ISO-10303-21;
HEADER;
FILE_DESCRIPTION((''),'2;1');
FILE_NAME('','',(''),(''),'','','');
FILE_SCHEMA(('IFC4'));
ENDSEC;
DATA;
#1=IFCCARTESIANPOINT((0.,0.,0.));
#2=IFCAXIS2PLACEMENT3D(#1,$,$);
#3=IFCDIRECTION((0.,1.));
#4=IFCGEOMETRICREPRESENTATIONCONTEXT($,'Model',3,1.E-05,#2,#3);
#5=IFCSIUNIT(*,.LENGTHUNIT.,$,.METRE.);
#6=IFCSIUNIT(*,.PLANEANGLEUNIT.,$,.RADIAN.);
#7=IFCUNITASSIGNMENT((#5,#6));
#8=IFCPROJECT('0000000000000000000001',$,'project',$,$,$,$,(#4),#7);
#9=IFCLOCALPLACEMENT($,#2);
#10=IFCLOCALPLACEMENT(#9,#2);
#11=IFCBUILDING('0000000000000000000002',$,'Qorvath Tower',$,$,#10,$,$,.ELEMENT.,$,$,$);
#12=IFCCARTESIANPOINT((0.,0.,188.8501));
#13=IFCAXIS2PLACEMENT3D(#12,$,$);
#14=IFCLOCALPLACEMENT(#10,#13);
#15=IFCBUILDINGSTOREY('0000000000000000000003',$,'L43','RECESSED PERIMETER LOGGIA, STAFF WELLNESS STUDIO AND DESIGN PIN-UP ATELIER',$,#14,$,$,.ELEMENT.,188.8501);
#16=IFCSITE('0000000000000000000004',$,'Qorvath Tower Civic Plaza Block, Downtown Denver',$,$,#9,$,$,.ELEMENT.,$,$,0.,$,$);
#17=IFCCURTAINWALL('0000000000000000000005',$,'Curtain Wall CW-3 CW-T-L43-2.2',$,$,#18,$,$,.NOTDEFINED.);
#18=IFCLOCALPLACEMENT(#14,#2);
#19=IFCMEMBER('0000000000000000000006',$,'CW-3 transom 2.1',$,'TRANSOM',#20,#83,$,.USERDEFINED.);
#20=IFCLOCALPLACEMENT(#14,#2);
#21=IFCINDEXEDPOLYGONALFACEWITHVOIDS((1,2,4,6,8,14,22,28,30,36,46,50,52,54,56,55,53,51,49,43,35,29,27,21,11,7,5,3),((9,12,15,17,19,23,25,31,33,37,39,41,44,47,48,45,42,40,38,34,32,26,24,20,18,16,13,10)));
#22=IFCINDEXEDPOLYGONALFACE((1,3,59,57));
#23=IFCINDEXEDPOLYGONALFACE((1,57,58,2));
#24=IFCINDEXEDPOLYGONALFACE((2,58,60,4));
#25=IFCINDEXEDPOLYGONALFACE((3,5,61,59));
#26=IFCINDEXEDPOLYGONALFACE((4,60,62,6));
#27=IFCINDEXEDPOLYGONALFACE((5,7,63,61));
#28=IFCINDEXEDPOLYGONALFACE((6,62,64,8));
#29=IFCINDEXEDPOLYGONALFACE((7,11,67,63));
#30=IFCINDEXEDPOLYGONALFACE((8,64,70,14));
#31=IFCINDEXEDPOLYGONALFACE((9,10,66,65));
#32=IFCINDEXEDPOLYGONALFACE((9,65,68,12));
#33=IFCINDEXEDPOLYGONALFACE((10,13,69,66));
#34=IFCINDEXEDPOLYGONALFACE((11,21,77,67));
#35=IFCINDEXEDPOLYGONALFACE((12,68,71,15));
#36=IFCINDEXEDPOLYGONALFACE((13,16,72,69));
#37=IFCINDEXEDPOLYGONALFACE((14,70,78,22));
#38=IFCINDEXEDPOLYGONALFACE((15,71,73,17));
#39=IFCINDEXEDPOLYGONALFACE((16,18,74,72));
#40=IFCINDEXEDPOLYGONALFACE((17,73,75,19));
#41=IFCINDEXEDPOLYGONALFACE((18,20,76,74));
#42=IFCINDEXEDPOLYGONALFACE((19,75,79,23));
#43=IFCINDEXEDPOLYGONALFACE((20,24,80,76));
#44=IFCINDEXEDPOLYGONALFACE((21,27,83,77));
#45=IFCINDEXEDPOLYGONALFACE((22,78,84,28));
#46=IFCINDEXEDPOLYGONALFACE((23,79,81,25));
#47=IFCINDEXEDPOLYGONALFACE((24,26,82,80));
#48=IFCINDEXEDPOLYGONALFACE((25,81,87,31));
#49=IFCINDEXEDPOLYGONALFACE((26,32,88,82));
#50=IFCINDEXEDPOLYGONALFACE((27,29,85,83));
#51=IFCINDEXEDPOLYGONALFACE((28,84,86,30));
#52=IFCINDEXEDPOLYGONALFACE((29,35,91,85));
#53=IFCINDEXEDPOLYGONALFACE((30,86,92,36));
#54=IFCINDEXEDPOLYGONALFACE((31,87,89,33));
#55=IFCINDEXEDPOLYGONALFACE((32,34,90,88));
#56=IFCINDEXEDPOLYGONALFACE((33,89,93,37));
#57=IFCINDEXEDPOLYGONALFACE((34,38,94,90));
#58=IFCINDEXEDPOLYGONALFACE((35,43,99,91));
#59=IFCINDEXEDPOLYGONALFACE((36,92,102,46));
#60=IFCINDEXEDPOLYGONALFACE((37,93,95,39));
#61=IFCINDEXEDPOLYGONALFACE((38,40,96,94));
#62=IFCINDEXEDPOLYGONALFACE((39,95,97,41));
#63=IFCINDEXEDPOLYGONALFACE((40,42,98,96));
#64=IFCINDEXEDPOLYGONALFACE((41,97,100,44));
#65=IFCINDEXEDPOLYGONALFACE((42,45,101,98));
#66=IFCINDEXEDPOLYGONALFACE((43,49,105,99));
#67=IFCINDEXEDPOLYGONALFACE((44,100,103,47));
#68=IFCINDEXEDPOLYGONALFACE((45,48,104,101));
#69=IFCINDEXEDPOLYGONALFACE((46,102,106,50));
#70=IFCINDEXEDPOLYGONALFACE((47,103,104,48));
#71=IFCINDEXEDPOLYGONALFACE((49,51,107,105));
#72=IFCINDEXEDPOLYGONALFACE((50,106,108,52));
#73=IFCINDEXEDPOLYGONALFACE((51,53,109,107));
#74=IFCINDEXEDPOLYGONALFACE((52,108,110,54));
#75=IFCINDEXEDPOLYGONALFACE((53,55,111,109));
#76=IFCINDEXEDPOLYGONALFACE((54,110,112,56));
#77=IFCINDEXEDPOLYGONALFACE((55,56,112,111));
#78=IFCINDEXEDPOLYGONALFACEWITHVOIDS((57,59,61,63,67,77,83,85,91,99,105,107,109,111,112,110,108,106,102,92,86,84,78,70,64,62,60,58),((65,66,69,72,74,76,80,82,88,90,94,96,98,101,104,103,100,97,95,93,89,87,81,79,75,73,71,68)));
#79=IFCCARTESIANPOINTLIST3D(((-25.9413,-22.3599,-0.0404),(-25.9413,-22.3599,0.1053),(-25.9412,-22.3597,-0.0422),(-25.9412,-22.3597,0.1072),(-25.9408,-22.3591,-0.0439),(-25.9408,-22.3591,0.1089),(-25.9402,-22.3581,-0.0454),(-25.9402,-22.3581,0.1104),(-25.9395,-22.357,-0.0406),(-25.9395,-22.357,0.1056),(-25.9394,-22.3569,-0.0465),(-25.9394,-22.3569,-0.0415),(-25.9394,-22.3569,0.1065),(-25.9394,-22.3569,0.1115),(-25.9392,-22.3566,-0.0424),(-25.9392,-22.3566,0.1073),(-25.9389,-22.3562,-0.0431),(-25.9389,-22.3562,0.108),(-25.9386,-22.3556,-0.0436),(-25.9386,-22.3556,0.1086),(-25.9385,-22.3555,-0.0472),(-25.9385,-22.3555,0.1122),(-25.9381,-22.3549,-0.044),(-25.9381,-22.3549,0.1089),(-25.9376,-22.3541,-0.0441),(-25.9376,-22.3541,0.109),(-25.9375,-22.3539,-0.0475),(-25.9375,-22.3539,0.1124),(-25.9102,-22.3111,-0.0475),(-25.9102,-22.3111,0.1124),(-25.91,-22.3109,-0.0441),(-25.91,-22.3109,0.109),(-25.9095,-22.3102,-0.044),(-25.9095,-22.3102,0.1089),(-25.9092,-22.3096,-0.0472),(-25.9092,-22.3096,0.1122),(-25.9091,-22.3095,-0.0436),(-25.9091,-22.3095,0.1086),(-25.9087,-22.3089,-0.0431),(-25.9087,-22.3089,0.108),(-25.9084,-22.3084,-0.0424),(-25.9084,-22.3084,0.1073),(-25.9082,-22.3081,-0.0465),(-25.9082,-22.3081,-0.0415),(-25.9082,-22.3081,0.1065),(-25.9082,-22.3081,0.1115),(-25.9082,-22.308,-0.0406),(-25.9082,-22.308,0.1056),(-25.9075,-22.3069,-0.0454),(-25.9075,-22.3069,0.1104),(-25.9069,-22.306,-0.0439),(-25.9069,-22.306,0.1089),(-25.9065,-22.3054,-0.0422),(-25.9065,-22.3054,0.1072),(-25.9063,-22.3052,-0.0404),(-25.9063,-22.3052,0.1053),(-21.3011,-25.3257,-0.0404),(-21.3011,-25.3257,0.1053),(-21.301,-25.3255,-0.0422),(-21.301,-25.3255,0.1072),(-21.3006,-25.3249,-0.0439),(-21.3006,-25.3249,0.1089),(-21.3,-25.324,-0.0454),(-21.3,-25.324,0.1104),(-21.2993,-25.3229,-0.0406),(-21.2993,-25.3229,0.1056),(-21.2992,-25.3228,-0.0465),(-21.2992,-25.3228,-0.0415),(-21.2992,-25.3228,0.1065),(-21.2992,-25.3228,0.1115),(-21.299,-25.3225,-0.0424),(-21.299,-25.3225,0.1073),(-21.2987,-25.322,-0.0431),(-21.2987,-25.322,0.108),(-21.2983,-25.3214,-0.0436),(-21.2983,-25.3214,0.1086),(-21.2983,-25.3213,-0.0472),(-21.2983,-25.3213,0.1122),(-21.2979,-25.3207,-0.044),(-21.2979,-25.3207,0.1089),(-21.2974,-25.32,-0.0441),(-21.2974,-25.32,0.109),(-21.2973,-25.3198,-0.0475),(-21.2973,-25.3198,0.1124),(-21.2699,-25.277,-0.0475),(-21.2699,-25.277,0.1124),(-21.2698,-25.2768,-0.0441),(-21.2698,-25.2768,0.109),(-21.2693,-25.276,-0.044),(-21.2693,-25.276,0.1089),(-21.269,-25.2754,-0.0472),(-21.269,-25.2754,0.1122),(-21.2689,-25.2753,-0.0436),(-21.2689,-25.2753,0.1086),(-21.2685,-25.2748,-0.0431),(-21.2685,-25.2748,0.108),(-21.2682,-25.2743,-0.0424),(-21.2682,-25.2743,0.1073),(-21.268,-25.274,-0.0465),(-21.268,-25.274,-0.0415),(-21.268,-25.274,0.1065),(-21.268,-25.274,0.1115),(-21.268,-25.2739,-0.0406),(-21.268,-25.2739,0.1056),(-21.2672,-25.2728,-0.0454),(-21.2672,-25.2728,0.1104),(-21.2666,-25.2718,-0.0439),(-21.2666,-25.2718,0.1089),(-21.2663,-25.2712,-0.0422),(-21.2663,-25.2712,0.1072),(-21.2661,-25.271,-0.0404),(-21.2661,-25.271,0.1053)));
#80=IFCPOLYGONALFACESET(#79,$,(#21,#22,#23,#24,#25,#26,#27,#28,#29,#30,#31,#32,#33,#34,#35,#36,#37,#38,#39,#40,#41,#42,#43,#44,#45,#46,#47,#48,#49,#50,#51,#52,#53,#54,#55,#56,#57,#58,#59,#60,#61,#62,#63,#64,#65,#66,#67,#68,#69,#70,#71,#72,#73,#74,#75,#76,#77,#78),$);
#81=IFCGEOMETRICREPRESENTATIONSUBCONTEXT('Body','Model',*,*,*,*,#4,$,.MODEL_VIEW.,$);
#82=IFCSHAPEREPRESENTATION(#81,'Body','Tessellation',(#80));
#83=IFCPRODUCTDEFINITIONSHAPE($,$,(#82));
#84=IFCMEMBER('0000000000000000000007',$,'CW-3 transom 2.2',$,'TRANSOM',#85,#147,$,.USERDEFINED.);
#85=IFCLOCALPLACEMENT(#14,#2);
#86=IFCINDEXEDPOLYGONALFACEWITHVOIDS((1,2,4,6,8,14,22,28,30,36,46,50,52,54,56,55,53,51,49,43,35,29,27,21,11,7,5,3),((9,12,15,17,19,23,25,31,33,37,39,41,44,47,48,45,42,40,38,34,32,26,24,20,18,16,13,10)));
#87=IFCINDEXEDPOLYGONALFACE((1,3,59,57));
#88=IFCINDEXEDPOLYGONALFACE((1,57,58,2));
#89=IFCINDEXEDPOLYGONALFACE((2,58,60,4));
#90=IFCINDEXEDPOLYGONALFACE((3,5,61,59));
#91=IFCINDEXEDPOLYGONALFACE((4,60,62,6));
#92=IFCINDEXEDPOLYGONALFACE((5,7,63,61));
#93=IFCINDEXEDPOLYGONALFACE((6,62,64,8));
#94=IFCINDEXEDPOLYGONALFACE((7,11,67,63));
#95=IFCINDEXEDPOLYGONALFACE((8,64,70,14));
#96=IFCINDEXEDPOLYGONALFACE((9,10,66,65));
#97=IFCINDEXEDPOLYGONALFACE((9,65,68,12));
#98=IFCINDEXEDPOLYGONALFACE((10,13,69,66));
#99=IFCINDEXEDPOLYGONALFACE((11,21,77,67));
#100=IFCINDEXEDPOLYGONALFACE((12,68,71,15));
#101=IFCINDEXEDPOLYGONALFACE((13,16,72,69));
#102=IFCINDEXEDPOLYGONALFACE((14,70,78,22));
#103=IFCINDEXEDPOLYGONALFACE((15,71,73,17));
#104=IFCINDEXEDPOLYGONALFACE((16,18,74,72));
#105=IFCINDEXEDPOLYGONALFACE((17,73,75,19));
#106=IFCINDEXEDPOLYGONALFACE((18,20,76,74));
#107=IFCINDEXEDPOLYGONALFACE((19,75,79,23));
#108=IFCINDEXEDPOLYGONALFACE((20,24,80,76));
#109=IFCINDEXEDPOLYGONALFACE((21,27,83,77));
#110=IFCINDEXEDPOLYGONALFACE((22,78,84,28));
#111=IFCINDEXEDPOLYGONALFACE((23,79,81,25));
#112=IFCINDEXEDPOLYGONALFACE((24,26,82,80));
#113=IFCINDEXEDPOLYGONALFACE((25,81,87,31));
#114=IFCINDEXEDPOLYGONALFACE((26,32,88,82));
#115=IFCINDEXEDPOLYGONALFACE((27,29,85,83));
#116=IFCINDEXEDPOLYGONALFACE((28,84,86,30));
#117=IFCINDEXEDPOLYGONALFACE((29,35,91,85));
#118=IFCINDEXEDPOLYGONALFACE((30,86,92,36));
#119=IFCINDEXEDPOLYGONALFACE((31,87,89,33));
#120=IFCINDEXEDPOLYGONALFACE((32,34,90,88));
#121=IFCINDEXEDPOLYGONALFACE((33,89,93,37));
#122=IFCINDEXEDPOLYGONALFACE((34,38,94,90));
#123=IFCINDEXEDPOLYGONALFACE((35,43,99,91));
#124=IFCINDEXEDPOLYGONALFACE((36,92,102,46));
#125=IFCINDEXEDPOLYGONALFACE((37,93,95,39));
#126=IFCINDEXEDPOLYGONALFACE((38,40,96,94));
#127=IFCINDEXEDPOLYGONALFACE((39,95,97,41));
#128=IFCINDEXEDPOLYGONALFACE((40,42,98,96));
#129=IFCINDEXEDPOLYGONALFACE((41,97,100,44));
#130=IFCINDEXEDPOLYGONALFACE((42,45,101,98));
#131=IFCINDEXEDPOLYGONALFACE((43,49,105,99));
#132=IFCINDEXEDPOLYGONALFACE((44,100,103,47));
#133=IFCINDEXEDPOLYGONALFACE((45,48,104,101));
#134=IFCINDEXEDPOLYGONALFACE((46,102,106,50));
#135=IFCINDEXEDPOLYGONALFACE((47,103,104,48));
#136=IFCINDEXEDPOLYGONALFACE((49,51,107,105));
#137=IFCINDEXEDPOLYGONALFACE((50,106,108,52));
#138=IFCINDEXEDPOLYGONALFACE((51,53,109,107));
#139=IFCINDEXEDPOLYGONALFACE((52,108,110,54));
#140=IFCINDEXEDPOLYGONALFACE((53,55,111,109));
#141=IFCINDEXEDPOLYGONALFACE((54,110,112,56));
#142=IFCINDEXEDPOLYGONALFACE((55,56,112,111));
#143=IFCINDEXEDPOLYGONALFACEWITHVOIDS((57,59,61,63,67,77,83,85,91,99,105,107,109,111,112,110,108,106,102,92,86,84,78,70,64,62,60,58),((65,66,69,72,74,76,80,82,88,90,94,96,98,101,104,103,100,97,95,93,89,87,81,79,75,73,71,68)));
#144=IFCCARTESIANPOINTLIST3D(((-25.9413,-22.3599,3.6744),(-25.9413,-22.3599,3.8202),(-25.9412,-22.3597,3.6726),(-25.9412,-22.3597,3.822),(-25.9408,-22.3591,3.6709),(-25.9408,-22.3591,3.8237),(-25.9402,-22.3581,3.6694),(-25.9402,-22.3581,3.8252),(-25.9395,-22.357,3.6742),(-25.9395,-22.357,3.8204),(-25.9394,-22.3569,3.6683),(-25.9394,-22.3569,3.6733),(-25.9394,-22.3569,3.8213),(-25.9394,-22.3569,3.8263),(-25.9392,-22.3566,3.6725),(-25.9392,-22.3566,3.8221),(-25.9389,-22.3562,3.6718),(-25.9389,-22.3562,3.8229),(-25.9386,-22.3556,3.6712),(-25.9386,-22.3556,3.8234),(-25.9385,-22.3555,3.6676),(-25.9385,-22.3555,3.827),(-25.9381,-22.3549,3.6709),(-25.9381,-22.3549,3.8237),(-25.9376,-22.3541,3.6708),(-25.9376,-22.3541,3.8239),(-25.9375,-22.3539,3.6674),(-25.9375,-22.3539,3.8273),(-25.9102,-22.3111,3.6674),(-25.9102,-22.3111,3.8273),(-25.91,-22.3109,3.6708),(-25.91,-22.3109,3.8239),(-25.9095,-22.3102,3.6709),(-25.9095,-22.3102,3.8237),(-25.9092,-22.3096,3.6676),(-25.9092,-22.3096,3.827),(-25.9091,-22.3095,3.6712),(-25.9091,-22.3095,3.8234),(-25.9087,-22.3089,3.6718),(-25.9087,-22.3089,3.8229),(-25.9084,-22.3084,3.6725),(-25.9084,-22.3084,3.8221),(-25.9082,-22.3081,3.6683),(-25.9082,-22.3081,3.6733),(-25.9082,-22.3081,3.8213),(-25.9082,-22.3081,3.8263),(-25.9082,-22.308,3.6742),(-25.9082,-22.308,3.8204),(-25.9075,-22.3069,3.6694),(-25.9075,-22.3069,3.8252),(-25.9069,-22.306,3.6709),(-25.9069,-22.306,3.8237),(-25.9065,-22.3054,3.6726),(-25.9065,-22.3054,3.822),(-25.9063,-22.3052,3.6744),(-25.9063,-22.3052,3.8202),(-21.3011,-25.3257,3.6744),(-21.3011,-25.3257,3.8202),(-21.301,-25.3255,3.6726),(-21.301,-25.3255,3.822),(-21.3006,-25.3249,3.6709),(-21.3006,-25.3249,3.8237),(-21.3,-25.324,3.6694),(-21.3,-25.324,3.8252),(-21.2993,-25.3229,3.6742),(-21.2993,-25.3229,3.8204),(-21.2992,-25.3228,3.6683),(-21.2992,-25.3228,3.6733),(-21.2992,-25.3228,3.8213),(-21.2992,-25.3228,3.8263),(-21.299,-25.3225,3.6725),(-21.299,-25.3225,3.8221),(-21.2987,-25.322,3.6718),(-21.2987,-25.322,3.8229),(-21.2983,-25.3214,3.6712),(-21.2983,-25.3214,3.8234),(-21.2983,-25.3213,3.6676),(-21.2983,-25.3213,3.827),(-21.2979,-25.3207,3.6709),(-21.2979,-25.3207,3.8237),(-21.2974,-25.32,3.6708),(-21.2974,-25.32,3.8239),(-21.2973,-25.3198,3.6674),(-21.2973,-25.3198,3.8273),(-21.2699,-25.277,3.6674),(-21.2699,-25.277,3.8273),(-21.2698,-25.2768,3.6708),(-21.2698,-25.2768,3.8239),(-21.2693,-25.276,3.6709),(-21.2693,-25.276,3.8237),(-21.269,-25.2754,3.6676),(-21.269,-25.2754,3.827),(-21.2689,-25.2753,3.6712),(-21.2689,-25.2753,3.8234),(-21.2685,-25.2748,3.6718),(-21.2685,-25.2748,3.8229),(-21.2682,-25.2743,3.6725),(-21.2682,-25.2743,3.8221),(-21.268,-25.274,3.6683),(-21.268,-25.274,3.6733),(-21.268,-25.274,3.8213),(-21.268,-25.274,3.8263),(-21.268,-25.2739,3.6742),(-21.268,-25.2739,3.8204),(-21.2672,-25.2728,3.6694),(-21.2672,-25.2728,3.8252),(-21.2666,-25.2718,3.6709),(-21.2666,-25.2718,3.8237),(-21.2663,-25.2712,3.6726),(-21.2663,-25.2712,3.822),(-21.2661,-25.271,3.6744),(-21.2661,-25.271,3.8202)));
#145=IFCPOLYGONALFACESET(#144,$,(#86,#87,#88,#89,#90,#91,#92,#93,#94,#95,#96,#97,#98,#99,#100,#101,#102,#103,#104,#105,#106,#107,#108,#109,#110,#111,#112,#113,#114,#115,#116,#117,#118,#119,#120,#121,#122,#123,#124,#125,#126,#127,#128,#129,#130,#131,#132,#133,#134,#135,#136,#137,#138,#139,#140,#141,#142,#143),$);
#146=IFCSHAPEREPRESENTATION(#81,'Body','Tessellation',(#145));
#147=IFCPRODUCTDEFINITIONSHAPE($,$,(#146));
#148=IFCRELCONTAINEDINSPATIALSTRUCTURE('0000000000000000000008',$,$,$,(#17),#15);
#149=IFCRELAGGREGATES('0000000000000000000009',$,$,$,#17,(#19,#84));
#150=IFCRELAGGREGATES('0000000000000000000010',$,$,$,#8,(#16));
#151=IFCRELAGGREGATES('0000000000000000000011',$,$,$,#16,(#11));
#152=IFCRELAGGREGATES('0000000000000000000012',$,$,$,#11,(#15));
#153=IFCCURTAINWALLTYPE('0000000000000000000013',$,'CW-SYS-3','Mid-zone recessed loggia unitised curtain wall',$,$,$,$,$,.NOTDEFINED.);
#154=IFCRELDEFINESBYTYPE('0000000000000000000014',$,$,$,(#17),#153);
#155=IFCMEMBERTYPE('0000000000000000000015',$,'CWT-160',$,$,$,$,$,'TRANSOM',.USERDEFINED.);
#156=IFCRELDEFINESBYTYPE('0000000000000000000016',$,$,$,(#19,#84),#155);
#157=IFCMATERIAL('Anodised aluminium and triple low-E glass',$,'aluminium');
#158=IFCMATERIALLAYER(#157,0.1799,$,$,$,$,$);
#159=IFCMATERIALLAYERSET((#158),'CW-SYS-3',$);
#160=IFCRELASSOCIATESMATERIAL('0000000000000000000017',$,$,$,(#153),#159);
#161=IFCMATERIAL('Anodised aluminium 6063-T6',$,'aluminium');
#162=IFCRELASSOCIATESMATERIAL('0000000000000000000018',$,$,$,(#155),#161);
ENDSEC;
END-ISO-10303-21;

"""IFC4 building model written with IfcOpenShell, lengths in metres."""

from ifc_helpers import new_model, si_unit, direction, frame, origin, origin_2d, place, context, subcontext, project, spatial, hollow_rectangle, extrude, material, layer, layer_set, material_profile, profile_set, type_object, element, aggregate, save


model = new_model("IFC4")

# Units and contexts
model_context = context("Model", 3, precision=1e-05, world=origin(), true_north=direction((0.0, 1.0)))
body_context = subcontext(model_context, "Body", "Model", "MODEL_VIEW")
ifc_project = project(units=[si_unit("LENGTHUNIT", "METRE"), si_unit("PLANEANGLEUNIT", "RADIAN")], contexts=[model_context])

# Site, building, storey
site_placement = place(None, origin())
site = spatial("IfcSite", under=ifc_project, at=site_placement, Name="Qorvath Tower Civic Plaza Block, Downtown Denver", CompositionType="ELEMENT", RefElevation=0.0)
building_placement = place(site_placement, origin())
building = spatial("IfcBuilding", under=site, at=building_placement, Name="Qorvath Tower", CompositionType="ELEMENT")
storey_placement = place(building_placement, frame((0.0, 0.0, 188.8501)))
storey = spatial("IfcBuildingStorey", under=building, at=storey_placement, Name="L43", Description="RECESSED PERIMETER LOGGIA, STAFF WELLNESS STUDIO AND DESIGN PIN-UP ATELIER", CompositionType="ELEMENT", Elevation=188.8501)

# Curtain wall, members
ifc_material_1 = material(Name="Anodised aluminium and triple low-E glass", Category="aluminium")
ifc_layer_1 = layer(ifc_material_1, 0.1799)
ifc_layer_set_1 = layer_set([ifc_layer_1], Name="CW-SYS-3")
curtain_wall_type = type_object("IfcCurtainWallType", Name="CW-SYS-3", Description="Mid-zone recessed loggia unitised curtain wall", PredefinedType="NOTDEFINED", material=ifc_layer_set_1)
curtain_wall_placement = place(storey_placement, origin())
curtain_wall = element("IfcCurtainWall", 1, at=curtain_wall_placement, inside=storey, type_object=curtain_wall_type, Name="Curtain Wall CW-3 CW-T-L43-2.2", PredefinedType="NOTDEFINED")
ifc_material_2 = material(Name="Anodised aluminium 6063-T6", Category="aluminium")
ifc_material_profile_1 = material_profile(ifc_material_2, hollow_rectangle(XDim=0.0649, YDim=0.1599, WallThickness=0.0034, InnerFilletRadius=0.0034, OuterFilletRadius=0.0071, at=origin_2d()), Name="CWT 160x65")
ifc_profile_set_1 = profile_set([ifc_material_profile_1], Name="Anodised aluminium 6063-T6")
member_type_1 = type_object("IfcMemberType", Name="CWT-160", ElementType="TRANSOM", PredefinedType="USERDEFINED", material=ifc_profile_set_1)
member_1_placement = place(storey_placement, frame((-25.9238, -22.3325, 0.0325), z_axis=(0.84259, -0.538555, 0.0), x_axis=(0.538555, 0.84259, 0.0)))
member_1 = element("IfcMember", 2, at=member_1_placement, type_object=member_type_1, Name="CW-3 transom 2.1", ObjectType="TRANSOM", PredefinedType="USERDEFINED", context=body_context, shape_type="SweptSolid", body=[
    extrude(hollow_rectangle(XDim=0.0649, YDim=0.1599, WallThickness=0.0034, InnerFilletRadius=0.0034, OuterFilletRadius=0.0071, at=origin_2d()), origin(), (0.0, 0.0, 1.0), 5.5071),
])
member_2_placement = place(storey_placement, frame((-25.9238, -22.3325, 3.7473), z_axis=(0.84259, -0.538555, 0.0), x_axis=(0.538555, 0.84259, 0.0)))
member_2 = element("IfcMember", 3, at=member_2_placement, type_object=member_type_1, Name="CW-3 transom 2.2", ObjectType="TRANSOM", PredefinedType="USERDEFINED", context=body_context, shape_type="SweptSolid", body=[
    extrude(hollow_rectangle(XDim=0.0649, YDim=0.1599, WallThickness=0.0034, InnerFilletRadius=0.0034, OuterFilletRadius=0.0071, at=origin_2d()), origin(), (0.0, 0.0, 1.0), 5.5071),
])
aggregate(curtain_wall, [member_1, member_2])

save(model, "model.ifc")
